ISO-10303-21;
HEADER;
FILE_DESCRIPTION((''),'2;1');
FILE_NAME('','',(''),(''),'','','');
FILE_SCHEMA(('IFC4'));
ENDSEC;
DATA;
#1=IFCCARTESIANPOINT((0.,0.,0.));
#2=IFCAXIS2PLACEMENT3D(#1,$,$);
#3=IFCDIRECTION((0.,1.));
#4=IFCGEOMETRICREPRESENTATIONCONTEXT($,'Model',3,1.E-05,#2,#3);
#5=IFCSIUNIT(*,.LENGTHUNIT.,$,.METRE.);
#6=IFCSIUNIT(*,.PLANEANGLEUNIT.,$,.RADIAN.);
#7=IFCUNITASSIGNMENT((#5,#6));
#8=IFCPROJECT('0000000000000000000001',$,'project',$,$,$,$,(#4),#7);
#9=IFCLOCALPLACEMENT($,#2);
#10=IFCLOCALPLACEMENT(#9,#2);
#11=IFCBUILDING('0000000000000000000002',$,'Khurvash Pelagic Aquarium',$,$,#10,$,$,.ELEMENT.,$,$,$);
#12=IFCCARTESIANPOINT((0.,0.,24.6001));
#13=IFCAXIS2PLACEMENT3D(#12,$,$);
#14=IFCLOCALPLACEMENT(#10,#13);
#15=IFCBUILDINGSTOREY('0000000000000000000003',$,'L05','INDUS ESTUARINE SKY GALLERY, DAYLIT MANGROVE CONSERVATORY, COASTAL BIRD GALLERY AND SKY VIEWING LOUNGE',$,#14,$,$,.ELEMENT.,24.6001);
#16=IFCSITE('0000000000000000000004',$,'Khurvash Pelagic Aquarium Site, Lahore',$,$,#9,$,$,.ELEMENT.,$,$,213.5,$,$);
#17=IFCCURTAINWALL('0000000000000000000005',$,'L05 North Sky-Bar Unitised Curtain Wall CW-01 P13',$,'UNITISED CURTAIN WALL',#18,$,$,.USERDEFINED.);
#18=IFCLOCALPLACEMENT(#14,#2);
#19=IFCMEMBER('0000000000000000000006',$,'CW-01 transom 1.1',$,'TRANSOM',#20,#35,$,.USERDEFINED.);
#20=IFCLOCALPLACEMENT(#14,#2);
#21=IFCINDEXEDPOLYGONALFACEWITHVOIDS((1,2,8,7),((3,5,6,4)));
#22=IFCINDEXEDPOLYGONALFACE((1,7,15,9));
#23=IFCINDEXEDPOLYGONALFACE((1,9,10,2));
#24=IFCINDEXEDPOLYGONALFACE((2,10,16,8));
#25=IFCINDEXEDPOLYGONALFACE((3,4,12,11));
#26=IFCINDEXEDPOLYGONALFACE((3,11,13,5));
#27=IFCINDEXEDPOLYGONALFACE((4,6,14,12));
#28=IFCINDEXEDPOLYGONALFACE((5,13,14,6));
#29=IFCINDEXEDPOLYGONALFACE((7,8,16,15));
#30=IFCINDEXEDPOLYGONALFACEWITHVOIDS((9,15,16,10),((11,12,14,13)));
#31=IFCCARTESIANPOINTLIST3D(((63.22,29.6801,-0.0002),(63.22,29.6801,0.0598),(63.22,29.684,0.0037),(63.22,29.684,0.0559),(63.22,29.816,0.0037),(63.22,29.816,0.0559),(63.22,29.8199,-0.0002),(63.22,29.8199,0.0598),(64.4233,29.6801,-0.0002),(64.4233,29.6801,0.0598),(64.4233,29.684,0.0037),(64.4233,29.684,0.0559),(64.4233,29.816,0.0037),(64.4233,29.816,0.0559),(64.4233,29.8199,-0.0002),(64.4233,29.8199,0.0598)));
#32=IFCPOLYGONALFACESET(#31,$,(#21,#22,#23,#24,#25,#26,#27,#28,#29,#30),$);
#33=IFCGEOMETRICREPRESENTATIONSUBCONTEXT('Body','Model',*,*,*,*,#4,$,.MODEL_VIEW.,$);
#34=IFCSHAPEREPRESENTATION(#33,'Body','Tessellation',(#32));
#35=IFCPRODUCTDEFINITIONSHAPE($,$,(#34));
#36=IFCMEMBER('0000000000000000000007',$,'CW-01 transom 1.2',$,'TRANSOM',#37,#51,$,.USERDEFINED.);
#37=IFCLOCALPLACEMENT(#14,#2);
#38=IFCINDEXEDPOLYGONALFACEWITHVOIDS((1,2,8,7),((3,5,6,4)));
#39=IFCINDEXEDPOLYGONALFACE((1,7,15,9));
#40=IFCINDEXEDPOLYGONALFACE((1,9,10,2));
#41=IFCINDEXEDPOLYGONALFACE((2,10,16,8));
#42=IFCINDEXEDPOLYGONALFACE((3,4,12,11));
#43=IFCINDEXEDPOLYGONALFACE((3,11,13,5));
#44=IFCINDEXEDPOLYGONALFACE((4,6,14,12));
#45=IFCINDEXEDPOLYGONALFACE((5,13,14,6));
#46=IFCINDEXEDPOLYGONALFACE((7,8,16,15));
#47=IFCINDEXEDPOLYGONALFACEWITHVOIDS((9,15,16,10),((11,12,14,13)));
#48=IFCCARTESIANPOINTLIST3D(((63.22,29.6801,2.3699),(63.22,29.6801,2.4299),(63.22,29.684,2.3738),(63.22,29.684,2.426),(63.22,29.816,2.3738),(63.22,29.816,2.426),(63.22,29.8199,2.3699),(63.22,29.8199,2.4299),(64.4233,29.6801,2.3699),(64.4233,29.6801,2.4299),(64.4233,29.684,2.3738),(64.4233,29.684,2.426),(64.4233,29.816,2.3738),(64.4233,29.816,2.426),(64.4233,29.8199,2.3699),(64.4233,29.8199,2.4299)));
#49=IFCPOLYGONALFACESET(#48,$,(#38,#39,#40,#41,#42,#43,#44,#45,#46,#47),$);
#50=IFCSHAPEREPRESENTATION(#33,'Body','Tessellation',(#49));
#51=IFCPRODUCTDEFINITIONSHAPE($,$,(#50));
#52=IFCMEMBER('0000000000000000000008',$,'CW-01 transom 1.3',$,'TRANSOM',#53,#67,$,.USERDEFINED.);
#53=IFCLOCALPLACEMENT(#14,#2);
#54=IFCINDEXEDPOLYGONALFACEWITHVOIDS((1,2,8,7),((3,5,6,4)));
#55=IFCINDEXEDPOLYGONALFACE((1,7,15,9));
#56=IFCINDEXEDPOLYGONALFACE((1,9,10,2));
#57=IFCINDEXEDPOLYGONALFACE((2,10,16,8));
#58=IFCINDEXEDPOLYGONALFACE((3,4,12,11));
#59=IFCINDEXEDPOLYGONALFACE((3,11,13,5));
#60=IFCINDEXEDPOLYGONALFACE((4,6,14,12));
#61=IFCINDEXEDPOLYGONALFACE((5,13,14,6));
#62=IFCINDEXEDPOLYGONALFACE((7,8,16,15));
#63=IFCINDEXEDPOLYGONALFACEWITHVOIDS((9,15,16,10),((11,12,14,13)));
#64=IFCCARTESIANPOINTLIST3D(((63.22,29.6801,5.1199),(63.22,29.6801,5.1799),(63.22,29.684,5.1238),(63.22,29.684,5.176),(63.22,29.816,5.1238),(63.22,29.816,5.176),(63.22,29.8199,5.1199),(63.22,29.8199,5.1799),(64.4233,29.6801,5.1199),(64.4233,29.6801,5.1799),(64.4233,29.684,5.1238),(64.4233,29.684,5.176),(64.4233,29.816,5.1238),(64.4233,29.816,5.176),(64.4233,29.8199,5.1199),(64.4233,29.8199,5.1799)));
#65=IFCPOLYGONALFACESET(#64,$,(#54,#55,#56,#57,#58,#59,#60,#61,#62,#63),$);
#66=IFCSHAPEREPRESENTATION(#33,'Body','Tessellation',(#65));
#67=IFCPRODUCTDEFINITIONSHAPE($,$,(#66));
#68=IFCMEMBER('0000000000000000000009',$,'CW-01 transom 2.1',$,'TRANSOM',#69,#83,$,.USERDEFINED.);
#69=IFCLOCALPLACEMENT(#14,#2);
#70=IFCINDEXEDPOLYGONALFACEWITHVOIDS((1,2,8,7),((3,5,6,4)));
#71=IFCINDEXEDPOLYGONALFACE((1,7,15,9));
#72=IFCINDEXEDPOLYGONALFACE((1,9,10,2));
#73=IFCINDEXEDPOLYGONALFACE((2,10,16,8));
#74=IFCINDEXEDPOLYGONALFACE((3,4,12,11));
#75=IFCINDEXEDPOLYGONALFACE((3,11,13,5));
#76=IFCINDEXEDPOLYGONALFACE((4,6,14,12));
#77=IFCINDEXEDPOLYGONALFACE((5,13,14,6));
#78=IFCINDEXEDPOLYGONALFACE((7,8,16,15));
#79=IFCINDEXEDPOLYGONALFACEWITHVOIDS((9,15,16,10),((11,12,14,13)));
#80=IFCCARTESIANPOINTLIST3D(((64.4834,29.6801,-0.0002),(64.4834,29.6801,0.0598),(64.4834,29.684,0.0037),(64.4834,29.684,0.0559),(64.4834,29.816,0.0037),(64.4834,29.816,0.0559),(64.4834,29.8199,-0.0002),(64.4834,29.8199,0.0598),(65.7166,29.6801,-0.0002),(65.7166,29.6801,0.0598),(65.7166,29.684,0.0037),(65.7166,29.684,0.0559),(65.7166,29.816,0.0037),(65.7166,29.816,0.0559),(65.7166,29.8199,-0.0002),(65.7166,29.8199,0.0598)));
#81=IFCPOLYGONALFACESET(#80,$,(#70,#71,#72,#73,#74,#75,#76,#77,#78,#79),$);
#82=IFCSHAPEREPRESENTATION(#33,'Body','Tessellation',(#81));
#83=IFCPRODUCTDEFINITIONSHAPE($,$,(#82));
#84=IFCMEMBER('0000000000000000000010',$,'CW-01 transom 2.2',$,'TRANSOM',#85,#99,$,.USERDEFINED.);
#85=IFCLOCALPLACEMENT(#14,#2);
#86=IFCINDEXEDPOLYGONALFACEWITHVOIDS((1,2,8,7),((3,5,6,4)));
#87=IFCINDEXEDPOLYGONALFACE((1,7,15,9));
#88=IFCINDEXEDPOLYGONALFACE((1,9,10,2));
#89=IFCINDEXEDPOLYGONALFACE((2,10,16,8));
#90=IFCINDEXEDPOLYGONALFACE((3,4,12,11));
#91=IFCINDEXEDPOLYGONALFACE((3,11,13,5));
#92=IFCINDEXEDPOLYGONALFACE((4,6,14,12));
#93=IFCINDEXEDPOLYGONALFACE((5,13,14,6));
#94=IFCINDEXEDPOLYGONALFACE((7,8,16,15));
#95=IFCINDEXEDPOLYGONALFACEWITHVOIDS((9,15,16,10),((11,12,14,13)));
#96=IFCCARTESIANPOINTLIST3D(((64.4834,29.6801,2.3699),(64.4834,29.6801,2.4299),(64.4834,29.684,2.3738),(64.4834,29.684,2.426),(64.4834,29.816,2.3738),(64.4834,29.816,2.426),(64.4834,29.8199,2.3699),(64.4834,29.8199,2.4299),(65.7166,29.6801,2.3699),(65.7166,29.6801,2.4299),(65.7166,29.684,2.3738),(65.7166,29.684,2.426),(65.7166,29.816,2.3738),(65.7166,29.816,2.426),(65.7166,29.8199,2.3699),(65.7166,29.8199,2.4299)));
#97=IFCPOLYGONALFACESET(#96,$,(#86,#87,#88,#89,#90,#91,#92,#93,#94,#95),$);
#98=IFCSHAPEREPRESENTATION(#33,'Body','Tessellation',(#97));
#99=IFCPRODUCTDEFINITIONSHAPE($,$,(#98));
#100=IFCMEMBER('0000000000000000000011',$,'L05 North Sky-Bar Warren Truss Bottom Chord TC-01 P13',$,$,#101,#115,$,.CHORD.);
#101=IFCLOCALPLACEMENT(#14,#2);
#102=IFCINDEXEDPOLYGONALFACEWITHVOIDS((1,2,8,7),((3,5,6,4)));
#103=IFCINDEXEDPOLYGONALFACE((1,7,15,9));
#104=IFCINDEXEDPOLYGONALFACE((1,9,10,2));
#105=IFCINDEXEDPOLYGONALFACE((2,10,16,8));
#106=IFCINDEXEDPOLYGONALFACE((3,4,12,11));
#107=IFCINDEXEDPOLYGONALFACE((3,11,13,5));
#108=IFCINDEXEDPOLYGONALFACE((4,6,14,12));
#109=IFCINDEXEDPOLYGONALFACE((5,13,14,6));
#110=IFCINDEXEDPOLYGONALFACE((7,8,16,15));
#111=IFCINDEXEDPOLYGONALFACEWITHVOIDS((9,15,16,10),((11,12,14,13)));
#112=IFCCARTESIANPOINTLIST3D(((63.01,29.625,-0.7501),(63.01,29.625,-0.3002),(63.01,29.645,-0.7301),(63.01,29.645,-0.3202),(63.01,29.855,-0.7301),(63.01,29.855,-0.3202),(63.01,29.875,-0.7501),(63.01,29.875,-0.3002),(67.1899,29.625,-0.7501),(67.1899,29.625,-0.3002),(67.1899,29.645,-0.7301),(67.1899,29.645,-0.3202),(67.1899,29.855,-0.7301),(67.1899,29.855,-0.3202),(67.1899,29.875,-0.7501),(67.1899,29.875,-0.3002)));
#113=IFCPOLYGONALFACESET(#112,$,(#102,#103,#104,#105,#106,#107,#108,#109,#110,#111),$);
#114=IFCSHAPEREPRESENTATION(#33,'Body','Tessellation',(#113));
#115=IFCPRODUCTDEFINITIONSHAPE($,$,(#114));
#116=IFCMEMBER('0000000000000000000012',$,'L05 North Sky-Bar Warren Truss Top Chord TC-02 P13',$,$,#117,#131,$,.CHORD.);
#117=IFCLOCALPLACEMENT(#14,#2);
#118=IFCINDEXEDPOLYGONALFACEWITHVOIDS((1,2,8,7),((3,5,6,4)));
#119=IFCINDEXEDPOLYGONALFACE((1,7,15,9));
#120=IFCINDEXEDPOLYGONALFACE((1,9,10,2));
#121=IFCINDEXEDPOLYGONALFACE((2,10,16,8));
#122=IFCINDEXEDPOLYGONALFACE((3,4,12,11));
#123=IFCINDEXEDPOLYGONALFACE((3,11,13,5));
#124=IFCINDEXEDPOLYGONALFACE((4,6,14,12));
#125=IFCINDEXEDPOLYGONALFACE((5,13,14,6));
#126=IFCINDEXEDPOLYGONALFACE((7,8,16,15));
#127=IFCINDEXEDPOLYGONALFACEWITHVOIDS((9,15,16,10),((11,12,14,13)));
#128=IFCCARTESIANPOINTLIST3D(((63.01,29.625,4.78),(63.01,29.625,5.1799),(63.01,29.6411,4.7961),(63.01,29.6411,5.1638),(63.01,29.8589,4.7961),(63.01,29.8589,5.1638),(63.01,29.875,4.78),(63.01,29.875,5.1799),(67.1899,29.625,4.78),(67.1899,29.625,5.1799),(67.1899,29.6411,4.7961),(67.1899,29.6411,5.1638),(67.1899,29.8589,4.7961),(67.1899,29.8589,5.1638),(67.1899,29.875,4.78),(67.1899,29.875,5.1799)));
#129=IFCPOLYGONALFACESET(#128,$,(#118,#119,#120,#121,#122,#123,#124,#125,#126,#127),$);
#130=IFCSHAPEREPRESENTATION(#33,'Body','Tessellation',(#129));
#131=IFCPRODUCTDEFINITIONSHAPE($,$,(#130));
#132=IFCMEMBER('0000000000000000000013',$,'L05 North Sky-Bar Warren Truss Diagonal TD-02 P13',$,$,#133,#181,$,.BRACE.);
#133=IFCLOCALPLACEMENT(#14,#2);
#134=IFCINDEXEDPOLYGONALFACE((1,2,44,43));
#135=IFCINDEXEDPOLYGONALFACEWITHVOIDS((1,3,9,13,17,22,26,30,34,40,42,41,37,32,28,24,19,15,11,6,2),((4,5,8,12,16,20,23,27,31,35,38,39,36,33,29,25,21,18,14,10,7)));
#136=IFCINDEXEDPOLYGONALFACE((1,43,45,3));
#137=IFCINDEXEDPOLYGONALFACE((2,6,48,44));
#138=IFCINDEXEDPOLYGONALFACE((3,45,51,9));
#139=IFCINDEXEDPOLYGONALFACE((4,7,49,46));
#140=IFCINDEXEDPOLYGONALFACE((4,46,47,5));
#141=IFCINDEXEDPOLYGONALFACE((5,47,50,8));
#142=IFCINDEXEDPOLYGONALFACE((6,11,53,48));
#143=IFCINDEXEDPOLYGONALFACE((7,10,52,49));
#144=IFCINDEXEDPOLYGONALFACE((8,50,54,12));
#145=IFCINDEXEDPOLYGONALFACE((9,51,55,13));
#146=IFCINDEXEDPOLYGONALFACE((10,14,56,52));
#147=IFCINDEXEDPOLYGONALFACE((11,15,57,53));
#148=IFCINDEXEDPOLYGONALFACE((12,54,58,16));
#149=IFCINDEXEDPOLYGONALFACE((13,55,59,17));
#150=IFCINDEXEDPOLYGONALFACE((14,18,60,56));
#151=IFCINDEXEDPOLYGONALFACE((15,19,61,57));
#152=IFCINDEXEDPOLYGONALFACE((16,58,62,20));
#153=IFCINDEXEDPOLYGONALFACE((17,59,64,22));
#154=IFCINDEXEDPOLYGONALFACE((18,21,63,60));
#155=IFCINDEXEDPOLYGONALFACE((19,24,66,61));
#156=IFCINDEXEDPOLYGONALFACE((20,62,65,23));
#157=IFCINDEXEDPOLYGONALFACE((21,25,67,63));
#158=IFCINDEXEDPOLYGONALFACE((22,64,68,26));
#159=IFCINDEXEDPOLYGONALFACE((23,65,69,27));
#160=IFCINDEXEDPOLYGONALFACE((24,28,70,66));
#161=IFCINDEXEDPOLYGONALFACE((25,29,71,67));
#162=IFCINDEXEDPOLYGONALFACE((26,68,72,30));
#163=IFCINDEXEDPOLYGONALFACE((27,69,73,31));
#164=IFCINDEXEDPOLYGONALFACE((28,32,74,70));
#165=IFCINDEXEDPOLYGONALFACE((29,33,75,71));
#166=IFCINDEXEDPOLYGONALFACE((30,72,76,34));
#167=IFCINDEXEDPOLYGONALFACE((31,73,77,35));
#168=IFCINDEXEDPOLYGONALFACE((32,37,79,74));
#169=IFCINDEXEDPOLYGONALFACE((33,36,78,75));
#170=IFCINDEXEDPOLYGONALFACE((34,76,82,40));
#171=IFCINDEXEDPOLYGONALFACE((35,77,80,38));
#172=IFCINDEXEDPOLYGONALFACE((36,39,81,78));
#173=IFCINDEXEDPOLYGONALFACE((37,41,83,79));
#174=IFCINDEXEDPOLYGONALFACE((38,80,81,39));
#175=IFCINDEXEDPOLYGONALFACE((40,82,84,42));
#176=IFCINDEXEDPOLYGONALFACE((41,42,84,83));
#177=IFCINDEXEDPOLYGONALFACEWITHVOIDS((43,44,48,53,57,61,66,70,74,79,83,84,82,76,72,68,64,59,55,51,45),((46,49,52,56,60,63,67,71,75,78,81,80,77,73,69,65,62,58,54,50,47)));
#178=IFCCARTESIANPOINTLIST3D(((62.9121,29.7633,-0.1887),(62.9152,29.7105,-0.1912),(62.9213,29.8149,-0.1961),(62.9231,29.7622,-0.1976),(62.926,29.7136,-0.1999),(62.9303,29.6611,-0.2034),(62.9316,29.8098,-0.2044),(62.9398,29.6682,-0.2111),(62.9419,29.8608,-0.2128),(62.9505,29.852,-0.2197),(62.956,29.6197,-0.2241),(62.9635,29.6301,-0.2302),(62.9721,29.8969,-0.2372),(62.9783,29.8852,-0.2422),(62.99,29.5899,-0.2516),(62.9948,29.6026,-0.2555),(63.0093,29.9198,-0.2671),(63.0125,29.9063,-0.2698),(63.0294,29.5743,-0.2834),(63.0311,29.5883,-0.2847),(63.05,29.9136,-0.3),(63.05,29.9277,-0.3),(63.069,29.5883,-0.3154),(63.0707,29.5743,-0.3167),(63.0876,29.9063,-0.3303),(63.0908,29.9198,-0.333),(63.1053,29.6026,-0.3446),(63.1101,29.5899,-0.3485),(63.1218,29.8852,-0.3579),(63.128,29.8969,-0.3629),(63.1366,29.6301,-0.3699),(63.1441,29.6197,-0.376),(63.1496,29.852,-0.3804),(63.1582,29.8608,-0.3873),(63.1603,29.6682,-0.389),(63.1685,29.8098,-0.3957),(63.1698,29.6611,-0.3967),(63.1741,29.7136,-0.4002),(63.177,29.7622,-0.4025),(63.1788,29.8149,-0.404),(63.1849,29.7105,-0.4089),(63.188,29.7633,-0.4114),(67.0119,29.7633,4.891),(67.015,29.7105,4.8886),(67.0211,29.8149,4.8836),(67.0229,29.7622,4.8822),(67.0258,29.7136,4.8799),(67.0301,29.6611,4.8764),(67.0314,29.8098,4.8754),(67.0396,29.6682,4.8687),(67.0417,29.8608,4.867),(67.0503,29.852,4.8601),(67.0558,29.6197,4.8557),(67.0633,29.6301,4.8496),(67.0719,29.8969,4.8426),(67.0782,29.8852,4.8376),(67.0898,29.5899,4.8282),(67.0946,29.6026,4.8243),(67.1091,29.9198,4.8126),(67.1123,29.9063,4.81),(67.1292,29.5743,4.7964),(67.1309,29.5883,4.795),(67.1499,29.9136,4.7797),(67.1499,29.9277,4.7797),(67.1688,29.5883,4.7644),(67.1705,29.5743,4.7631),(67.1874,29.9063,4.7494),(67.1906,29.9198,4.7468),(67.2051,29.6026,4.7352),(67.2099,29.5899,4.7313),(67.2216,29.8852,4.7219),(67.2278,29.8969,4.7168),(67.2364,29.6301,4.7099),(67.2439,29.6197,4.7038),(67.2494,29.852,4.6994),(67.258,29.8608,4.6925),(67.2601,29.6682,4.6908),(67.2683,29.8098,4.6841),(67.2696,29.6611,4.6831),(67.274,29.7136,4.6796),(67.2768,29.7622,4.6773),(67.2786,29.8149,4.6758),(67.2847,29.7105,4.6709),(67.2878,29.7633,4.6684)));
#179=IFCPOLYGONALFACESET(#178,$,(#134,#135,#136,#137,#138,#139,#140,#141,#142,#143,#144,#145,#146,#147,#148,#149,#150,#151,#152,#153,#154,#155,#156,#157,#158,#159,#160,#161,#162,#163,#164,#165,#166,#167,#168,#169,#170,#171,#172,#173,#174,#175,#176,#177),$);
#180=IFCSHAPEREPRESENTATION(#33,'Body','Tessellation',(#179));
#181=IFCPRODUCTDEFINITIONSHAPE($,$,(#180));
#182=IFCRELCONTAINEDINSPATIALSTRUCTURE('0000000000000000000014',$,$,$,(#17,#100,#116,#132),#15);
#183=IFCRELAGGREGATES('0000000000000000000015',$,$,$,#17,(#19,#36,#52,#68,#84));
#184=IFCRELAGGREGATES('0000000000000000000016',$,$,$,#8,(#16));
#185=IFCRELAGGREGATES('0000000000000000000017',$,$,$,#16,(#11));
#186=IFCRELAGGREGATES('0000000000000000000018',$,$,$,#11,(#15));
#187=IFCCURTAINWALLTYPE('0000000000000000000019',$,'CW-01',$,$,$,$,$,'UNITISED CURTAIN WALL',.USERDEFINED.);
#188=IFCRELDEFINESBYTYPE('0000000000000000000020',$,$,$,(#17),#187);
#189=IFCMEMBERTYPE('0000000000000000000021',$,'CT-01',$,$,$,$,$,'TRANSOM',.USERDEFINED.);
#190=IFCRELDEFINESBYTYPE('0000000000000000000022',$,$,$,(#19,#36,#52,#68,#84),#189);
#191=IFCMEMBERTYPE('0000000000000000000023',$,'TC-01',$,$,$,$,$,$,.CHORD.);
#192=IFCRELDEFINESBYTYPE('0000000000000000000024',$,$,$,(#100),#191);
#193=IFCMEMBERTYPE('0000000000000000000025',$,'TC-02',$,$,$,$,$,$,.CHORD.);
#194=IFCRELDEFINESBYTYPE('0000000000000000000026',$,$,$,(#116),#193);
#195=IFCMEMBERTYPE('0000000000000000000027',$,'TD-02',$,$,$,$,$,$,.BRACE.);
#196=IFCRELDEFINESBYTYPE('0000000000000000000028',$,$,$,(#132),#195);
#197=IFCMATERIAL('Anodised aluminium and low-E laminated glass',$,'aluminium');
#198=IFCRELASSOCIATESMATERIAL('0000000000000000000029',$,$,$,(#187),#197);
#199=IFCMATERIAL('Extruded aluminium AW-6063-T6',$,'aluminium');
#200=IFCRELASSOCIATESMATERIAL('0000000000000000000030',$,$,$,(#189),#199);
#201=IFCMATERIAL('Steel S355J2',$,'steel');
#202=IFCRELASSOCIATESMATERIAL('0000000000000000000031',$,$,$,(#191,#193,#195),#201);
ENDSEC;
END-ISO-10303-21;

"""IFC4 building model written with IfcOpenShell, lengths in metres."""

from ifc_helpers import new_model, si_unit, direction, frame, origin, origin_2d, place, context, subcontext, project, spatial, hollow_rectangle, hollow_circle, extrude, material, material_profile, profile_set, type_object, element, aggregate, save


model = new_model("IFC4")

# Units and contexts
model_context = context("Model", 3, precision=1e-05, world=origin(), true_north=direction((0.0, 1.0)))
body_context = subcontext(model_context, "Body", "Model", "MODEL_VIEW")
ifc_project = project(units=[si_unit("LENGTHUNIT", "METRE"), si_unit("PLANEANGLEUNIT", "RADIAN")], contexts=[model_context])

# Site, building, storey
site_placement = place(None, origin())
site = spatial("IfcSite", under=ifc_project, at=site_placement, Name="Khurvash Pelagic Aquarium Site, Lahore", CompositionType="ELEMENT", RefElevation=213.5)
building_placement = place(site_placement, origin())
building = spatial("IfcBuilding", under=site, at=building_placement, Name="Khurvash Pelagic Aquarium", CompositionType="ELEMENT")
storey_placement = place(building_placement, frame((0.0, 0.0, 24.6001)))
storey = spatial("IfcBuildingStorey", under=building, at=storey_placement, Name="L05", Description="INDUS ESTUARINE SKY GALLERY, DAYLIT MANGROVE CONSERVATORY, COASTAL BIRD GALLERY AND SKY VIEWING LOUNGE", CompositionType="ELEMENT", Elevation=24.6001)

# Curtain wall
ifc_material_1 = material(Name="Anodised aluminium and low-E laminated glass", Category="aluminium")
curtain_wall_type = type_object("IfcCurtainWallType", Name="CW-01", ElementType="UNITISED CURTAIN WALL", PredefinedType="USERDEFINED", material=ifc_material_1)
ifc_material_2 = material(Name="Extruded aluminium AW-6063-T6", Category="aluminium")
curtain_wall_1_placement = place(storey_placement, origin())
curtain_wall_1 = element("IfcCurtainWall", 1, at=curtain_wall_1_placement, inside=storey, type_object=curtain_wall_type, Name="L05 North Sky-Bar Unitised Curtain Wall CW-01 P13", ObjectType="UNITISED CURTAIN WALL", PredefinedType="USERDEFINED")

# Members
ifc_material_profile_1 = material_profile(ifc_material_2, hollow_rectangle(XDim=0.1399, YDim=0.0601, WallThickness=0.0039, at=origin_2d()), Name="CWT140X60X4")
ifc_profile_set_1 = profile_set([ifc_material_profile_1], Name="Extruded aluminium AW-6063-T6")
member_type_1 = type_object("IfcMemberType", Name="CT-01", ElementType="TRANSOM", PredefinedType="USERDEFINED", material=ifc_profile_set_1)
member_1_placement = place(storey_placement, frame((63.22, 29.75, 0.0298), z_axis=(1.0, 0.0, 0.0), x_axis=(0.0, 1.0, 0.0)))
member_1 = element("IfcMember", 2, at=member_1_placement, type_object=member_type_1, Name="CW-01 transom 1.1", ObjectType="TRANSOM", PredefinedType="USERDEFINED", context=body_context, shape_type="SweptSolid", body=[
    extrude(hollow_rectangle(XDim=0.1399, YDim=0.0601, WallThickness=0.0039, at=origin_2d()), origin(), (0.0, 0.0, 1.0), 1.2034),
])
member_2_placement = place(storey_placement, frame((63.22, 29.75, 2.3999), z_axis=(1.0, 0.0, 0.0), x_axis=(0.0, 1.0, 0.0)))
member_2 = element("IfcMember", 3, at=member_2_placement, type_object=member_type_1, Name="CW-01 transom 1.2", ObjectType="TRANSOM", PredefinedType="USERDEFINED", context=body_context, shape_type="SweptSolid", body=[
    extrude(hollow_rectangle(XDim=0.1399, YDim=0.0601, WallThickness=0.0039, at=origin_2d()), origin(), (0.0, 0.0, 1.0), 1.2034),
])
member_3_placement = place(storey_placement, frame((63.22, 29.75, 5.1499), z_axis=(1.0, 0.0, 0.0), x_axis=(0.0, 1.0, 0.0)))
member_3 = element("IfcMember", 4, at=member_3_placement, type_object=member_type_1, Name="CW-01 transom 1.3", ObjectType="TRANSOM", PredefinedType="USERDEFINED", context=body_context, shape_type="SweptSolid", body=[
    extrude(hollow_rectangle(XDim=0.1399, YDim=0.0601, WallThickness=0.0039, at=origin_2d()), origin(), (0.0, 0.0, 1.0), 1.2034),
])
member_4_placement = place(storey_placement, frame((64.4834, 29.75, 0.0298), z_axis=(1.0, 0.0, 0.0), x_axis=(0.0, 1.0, 0.0)))
member_4 = element("IfcMember", 5, at=member_4_placement, type_object=member_type_1, Name="CW-01 transom 2.1", ObjectType="TRANSOM", PredefinedType="USERDEFINED", context=body_context, shape_type="SweptSolid", body=[
    extrude(hollow_rectangle(XDim=0.1399, YDim=0.0601, WallThickness=0.0039, at=origin_2d()), origin(), (0.0, 0.0, 1.0), 1.2332),
])
member_5_placement = place(storey_placement, frame((64.4834, 29.75, 2.3999), z_axis=(1.0, 0.0, 0.0), x_axis=(0.0, 1.0, 0.0)))
member_5 = element("IfcMember", 6, at=member_5_placement, type_object=member_type_1, Name="CW-01 transom 2.2", ObjectType="TRANSOM", PredefinedType="USERDEFINED", context=body_context, shape_type="SweptSolid", body=[
    extrude(hollow_rectangle(XDim=0.1399, YDim=0.0601, WallThickness=0.0039, at=origin_2d()), origin(), (0.0, 0.0, 1.0), 1.2332),
])

# Members
ifc_material_3 = material(Name="Steel S355J2", Category="steel")
ifc_material_profile_2 = material_profile(ifc_material_3, hollow_rectangle(XDim=0.25, YDim=0.45, WallThickness=0.02, at=origin_2d()), Name="RHS450X250X20")
ifc_profile_set_2 = profile_set([ifc_material_profile_2], Name="Steel S355J2")
member_type_2 = type_object("IfcMemberType", Name="TC-01", PredefinedType="CHORD", material=ifc_profile_set_2)
member_6_placement = place(storey_placement, frame((63.01, 29.75, -0.5251), z_axis=(1.0, 0.0, 0.0), x_axis=(0.0, 1.0, 0.0)))
element("IfcMember", 7, at=member_6_placement, inside=storey, type_object=member_type_2, Name="L05 North Sky-Bar Warren Truss Bottom Chord TC-01 P13", PredefinedType="CHORD", context=body_context, shape_type="SweptSolid", body=[
    extrude(hollow_rectangle(XDim=0.25, YDim=0.45, WallThickness=0.02, at=origin_2d()), origin(), (0.0, 0.0, 1.0), 4.1799),
])
ifc_material_profile_3 = material_profile(ifc_material_3, hollow_rectangle(XDim=0.25, YDim=0.3999, WallThickness=0.0161, at=origin_2d()), Name="RHS400X250X16")
ifc_profile_set_3 = profile_set([ifc_material_profile_3], Name="Steel S355J2")
member_type_3 = type_object("IfcMemberType", Name="TC-02", PredefinedType="CHORD", material=ifc_profile_set_3)
member_7_placement = place(storey_placement, frame((63.01, 29.75, 4.98), z_axis=(1.0, 0.0, 0.0), x_axis=(0.0, 1.0, 0.0)))
element("IfcMember", 8, at=member_7_placement, inside=storey, type_object=member_type_3, Name="L05 North Sky-Bar Warren Truss Top Chord TC-02 P13", PredefinedType="CHORD", context=body_context, shape_type="SweptSolid", body=[
    extrude(hollow_rectangle(XDim=0.25, YDim=0.3999, WallThickness=0.0161, at=origin_2d()), origin(), (0.0, 0.0, 1.0), 4.1799),
])
ifc_material_profile_4 = material_profile(ifc_material_3, hollow_circle(Radius=0.1777, WallThickness=0.0142, at=origin_2d()), Name="CHS355X14")
ifc_profile_set_4 = profile_set([ifc_material_profile_4], Name="Steel S355J2")
member_type_4 = type_object("IfcMemberType", Name="TD-02", PredefinedType="BRACE", material=ifc_profile_set_4)
member_8_placement = place(storey_placement, frame((63.05, 29.75, -0.3), z_axis=(0.628051, 0.0, 0.778172), x_axis=(0.0, 1.0, 0.0)))
element("IfcMember", 9, at=member_8_placement, inside=storey, type_object=member_type_4, Name="L05 North Sky-Bar Warren Truss Diagonal TD-02 P13", PredefinedType="BRACE", context=body_context, shape_type="SweptSolid", body=[
    extrude(hollow_circle(Radius=0.1777, WallThickness=0.0142, at=origin_2d()), origin(), (0.0, 0.0, 1.0), 6.5278),
])

aggregate(curtain_wall_1, [member_1, member_2, member_3, member_4, member_5])

save(model, "model.ifc")
